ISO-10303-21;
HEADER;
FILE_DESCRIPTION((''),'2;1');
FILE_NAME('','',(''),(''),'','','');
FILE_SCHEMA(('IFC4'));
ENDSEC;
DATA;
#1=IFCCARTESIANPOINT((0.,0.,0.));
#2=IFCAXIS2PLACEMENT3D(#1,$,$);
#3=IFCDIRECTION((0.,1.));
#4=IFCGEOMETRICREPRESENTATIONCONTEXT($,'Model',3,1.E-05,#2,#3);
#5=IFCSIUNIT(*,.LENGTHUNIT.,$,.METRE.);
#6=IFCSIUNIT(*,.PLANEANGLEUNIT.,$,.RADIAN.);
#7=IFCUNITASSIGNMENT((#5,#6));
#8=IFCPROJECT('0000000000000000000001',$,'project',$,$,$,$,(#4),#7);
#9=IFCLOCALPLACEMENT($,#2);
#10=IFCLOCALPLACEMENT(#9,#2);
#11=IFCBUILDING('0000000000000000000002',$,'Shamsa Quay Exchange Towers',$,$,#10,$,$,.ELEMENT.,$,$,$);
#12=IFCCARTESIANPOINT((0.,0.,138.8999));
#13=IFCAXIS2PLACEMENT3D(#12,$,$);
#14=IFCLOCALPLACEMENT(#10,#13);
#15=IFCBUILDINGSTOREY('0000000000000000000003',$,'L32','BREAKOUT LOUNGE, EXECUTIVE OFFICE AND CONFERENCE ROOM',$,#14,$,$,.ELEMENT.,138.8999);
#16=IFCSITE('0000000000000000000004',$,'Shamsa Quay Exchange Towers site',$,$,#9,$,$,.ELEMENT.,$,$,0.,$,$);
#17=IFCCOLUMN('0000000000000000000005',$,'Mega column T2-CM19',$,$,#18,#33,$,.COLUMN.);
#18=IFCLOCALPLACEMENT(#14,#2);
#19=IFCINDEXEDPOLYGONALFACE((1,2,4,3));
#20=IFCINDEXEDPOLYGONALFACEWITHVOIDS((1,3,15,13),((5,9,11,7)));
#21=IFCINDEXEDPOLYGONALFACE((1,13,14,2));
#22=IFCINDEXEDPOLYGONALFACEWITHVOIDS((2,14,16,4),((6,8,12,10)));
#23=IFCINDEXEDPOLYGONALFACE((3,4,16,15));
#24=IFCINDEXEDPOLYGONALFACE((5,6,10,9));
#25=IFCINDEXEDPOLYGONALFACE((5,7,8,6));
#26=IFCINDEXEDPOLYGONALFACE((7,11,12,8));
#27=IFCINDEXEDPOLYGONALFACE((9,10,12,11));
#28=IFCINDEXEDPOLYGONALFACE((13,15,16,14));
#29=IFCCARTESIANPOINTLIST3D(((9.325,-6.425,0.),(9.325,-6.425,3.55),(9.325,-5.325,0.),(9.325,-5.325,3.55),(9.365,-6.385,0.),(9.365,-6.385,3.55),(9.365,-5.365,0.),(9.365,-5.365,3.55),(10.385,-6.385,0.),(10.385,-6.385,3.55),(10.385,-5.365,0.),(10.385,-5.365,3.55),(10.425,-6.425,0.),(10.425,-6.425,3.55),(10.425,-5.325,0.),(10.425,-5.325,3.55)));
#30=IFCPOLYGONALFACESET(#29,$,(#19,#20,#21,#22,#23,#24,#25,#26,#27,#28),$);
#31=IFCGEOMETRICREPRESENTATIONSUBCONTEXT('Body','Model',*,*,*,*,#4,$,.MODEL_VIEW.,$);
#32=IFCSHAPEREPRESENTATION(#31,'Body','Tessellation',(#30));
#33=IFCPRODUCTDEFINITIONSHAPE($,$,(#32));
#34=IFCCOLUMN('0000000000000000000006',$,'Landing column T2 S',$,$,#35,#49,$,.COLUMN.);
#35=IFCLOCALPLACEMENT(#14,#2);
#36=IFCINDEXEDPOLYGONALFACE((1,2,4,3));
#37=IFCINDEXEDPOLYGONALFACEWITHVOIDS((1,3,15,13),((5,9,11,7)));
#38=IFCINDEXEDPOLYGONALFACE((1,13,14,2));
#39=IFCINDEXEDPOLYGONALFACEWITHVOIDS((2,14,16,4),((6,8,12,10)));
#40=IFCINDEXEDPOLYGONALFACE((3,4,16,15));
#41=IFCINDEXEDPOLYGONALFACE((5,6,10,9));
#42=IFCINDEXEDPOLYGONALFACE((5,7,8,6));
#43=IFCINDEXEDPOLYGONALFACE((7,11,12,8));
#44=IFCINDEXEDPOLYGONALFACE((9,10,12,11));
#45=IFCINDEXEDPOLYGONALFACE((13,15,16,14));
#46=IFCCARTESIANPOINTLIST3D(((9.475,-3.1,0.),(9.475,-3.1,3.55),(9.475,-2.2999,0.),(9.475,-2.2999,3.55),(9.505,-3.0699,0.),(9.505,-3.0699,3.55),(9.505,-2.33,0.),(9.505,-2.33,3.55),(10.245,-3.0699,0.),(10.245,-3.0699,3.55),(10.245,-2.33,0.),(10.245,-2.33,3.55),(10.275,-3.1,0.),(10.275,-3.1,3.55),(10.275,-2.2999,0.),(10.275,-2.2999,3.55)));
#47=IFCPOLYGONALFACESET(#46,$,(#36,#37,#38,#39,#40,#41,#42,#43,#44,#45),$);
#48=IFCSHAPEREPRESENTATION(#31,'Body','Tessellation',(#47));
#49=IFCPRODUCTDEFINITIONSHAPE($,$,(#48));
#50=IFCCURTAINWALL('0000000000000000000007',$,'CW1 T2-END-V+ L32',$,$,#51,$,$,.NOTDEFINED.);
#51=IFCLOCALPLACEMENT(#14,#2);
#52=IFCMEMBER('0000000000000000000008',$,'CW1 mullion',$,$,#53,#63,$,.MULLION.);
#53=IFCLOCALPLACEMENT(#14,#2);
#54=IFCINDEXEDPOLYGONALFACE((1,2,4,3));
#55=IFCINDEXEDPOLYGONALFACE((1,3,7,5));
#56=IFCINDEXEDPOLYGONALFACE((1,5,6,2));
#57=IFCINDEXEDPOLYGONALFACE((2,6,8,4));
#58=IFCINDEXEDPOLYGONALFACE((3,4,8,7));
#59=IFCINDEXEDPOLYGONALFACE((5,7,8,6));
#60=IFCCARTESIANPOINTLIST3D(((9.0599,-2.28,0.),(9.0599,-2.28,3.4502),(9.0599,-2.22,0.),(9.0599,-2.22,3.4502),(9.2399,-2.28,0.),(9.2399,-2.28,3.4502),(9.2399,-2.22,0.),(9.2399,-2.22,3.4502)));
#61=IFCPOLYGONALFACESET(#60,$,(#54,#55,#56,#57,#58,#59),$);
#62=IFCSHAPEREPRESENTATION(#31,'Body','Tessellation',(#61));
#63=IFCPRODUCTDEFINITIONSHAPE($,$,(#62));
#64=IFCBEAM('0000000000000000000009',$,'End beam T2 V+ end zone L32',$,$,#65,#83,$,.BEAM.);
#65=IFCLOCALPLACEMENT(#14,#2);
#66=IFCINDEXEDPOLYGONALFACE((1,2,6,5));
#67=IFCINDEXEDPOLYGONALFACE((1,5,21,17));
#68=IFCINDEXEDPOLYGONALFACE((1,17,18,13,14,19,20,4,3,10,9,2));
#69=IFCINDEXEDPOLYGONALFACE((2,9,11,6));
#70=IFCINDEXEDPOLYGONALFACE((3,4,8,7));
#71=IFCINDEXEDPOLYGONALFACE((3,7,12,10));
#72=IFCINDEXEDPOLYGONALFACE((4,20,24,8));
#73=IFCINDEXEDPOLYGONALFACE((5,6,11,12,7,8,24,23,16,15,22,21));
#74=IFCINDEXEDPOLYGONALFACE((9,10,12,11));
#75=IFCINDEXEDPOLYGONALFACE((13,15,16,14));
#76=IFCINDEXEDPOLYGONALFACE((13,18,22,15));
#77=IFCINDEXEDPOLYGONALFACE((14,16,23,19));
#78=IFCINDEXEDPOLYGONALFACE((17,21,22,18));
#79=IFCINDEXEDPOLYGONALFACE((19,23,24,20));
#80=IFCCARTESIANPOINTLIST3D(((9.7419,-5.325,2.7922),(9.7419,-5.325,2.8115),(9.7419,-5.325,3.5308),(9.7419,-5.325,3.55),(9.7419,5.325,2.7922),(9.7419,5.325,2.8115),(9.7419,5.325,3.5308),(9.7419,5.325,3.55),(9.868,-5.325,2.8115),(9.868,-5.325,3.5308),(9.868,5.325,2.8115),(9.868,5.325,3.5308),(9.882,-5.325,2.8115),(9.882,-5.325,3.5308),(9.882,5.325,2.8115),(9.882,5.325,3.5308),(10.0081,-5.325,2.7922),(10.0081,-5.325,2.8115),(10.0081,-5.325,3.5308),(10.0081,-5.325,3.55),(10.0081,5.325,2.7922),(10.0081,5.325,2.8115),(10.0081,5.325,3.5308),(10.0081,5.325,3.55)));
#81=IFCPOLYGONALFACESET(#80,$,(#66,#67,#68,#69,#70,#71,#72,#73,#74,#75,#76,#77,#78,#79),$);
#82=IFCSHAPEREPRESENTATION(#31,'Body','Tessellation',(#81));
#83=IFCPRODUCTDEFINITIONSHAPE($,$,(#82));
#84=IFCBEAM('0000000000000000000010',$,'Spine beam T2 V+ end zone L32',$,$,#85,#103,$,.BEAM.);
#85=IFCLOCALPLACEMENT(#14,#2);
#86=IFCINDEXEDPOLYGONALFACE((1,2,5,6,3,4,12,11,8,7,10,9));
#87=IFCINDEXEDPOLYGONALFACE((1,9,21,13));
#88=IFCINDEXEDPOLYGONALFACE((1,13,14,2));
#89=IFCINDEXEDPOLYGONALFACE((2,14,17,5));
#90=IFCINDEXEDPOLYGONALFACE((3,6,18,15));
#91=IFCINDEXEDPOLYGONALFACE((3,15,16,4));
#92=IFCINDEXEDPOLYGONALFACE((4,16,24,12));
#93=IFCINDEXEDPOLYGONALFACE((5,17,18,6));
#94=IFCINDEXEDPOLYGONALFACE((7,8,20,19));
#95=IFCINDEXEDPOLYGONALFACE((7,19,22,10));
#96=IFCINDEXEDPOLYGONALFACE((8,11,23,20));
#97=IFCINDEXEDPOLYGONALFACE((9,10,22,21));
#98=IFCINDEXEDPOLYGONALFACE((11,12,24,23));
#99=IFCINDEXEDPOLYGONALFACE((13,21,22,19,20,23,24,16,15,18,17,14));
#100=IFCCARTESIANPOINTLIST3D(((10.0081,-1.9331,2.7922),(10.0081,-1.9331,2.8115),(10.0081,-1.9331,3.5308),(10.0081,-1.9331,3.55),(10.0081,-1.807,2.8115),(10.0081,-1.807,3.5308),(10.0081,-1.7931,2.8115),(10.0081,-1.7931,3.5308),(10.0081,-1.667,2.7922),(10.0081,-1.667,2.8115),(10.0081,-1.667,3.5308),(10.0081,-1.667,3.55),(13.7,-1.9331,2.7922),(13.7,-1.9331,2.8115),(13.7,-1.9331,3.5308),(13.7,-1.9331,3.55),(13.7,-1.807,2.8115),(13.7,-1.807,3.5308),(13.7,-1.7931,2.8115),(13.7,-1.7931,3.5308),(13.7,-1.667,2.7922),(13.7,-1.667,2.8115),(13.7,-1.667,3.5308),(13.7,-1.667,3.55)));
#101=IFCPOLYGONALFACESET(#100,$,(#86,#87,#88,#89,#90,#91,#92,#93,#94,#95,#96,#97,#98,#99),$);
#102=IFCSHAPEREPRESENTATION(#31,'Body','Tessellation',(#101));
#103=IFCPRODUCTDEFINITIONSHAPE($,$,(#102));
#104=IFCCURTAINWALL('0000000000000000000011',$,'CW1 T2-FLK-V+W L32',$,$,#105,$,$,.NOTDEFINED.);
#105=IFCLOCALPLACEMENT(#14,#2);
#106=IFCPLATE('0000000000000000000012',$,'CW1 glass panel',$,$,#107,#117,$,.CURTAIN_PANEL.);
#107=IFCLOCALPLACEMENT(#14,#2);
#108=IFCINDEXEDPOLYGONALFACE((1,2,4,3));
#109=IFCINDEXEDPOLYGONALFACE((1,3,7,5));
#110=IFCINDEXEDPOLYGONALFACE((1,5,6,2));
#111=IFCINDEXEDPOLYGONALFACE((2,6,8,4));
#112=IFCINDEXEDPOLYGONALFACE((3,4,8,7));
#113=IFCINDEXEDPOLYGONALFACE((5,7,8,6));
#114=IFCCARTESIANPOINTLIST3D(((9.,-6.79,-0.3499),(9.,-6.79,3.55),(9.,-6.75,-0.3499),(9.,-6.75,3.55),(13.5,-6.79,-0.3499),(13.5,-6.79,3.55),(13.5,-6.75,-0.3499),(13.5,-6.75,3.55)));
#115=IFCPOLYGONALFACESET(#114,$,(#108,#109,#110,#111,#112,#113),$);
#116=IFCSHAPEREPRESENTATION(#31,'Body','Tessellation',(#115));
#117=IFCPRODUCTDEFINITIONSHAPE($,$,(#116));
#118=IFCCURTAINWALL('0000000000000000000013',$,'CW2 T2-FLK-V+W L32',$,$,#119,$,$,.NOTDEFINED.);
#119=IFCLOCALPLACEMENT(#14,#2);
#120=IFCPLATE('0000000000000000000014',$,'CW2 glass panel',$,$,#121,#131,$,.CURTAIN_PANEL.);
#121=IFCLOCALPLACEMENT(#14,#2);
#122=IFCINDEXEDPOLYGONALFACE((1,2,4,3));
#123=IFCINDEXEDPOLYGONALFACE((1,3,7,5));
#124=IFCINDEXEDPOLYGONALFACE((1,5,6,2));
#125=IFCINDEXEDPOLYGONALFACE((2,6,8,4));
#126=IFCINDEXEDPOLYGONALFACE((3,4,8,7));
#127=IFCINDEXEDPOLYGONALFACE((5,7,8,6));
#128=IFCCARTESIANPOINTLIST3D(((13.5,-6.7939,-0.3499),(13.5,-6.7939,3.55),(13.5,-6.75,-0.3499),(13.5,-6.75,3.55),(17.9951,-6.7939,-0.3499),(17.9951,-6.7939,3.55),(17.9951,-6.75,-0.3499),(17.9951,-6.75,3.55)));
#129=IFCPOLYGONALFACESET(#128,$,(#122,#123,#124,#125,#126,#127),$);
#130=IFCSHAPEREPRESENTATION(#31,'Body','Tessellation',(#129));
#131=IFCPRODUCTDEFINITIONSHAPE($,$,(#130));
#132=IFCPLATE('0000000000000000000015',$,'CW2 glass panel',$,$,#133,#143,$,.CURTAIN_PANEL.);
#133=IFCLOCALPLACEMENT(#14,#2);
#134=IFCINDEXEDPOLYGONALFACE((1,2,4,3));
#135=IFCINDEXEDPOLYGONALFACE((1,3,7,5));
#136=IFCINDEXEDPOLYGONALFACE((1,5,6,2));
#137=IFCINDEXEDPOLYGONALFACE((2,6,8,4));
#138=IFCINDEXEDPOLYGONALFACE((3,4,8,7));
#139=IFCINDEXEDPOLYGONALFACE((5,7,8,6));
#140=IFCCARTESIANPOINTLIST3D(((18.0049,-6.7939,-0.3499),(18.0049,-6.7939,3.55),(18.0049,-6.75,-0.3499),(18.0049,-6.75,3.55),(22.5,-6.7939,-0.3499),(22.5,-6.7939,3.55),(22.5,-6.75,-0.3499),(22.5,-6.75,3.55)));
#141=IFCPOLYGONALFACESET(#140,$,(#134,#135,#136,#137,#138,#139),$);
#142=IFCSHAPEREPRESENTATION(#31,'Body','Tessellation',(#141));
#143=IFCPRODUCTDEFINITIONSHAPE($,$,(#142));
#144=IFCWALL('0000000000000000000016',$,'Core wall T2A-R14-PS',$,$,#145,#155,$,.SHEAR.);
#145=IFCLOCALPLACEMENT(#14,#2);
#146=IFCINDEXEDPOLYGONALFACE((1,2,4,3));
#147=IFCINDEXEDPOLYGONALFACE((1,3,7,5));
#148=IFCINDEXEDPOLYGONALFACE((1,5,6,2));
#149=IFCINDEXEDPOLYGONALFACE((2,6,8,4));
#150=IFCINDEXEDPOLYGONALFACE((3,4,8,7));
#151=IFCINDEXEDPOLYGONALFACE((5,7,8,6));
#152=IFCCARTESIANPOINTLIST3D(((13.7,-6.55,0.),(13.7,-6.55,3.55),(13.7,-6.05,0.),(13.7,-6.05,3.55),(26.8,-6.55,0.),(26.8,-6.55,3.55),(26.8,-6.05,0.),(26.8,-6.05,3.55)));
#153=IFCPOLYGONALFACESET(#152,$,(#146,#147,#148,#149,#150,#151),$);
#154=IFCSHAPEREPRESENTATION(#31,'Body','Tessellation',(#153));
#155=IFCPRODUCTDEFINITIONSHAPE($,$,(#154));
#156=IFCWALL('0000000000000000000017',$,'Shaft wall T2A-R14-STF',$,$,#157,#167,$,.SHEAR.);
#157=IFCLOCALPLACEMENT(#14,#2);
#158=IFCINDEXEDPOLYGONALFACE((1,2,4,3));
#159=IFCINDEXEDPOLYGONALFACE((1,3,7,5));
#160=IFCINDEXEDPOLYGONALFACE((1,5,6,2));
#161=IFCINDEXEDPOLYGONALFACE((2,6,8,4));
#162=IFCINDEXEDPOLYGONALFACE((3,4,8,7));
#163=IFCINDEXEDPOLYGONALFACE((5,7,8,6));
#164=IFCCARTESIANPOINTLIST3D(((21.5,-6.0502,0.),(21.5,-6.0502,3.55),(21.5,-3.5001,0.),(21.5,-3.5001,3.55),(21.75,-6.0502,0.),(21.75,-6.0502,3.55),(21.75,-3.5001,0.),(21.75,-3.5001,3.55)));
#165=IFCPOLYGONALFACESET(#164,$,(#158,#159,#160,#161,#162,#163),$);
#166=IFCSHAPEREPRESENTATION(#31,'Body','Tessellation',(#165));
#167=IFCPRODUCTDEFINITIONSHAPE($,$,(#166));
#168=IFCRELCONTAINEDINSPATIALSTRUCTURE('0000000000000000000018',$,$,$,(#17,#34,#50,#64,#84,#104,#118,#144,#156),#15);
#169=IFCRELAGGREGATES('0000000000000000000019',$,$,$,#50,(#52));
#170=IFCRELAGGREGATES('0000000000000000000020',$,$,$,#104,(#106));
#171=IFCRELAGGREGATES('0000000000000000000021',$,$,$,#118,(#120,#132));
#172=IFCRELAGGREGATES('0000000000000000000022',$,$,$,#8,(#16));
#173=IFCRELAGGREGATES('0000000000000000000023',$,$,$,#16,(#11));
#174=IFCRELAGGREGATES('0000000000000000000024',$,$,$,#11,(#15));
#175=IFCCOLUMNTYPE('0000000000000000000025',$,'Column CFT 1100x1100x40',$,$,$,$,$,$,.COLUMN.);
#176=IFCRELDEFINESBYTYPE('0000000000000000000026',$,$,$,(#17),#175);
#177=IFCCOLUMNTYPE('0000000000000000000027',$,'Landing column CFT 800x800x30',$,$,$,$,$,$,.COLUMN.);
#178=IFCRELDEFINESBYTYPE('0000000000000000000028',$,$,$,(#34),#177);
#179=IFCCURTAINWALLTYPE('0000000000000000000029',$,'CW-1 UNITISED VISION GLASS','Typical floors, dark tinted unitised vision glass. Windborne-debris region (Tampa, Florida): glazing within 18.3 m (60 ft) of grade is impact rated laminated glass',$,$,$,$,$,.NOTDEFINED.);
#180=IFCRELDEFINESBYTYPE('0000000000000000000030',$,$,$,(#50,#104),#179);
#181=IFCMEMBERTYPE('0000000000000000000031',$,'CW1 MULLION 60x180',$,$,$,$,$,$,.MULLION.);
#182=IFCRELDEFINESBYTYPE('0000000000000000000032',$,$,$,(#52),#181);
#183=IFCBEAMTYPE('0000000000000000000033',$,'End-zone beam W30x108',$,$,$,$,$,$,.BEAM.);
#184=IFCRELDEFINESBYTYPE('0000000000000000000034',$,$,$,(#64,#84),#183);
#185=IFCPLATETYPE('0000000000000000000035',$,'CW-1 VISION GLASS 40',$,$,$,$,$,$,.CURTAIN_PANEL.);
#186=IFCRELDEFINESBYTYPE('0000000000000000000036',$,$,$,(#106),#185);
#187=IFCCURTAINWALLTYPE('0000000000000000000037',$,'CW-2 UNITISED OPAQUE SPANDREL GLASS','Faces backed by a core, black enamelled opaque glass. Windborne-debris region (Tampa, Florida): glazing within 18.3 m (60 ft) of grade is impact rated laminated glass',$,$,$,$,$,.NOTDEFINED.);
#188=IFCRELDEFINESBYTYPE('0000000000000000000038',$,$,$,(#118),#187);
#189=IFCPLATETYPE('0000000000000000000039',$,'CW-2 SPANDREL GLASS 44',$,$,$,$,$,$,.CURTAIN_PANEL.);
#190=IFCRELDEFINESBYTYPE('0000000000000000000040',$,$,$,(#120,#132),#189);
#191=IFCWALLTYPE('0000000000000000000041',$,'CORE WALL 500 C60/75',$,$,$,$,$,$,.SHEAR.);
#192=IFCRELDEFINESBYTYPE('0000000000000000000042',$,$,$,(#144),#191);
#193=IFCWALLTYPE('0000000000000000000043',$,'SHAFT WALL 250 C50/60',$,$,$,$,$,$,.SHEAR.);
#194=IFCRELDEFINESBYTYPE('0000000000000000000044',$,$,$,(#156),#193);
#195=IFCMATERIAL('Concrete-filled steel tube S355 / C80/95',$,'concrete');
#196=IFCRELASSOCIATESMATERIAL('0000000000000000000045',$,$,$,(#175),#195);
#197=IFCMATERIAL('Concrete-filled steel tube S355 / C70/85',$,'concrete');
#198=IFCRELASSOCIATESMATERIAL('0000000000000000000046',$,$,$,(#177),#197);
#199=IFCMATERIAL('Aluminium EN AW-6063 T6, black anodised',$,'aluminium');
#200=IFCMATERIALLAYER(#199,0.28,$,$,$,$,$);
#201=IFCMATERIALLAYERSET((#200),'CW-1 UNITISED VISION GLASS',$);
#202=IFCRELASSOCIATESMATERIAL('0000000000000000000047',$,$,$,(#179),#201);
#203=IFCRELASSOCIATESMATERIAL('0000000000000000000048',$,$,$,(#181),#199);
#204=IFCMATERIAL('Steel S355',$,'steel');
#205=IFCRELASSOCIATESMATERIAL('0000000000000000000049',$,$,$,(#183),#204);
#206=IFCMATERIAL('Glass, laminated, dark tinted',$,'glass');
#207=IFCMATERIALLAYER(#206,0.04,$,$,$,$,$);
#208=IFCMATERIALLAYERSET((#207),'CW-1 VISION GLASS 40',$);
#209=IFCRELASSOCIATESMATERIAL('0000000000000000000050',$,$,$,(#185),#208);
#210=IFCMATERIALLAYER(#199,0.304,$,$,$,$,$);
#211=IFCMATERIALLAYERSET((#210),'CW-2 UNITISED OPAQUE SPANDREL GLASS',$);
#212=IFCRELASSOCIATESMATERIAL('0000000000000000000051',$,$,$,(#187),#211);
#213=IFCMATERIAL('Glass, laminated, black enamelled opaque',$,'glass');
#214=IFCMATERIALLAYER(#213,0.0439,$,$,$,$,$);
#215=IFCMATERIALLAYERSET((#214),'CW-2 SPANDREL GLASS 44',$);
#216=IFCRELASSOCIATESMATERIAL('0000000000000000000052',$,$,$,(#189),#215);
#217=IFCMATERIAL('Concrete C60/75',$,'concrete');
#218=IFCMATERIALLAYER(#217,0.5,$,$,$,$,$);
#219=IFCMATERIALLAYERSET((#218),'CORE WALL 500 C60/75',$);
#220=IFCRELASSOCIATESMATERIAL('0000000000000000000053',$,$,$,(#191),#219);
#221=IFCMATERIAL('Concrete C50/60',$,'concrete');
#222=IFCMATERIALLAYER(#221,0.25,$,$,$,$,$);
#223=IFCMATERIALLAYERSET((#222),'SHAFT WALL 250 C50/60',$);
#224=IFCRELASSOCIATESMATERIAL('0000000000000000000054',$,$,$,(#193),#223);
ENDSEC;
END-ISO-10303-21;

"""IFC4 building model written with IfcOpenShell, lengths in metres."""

from ifc_helpers import new_model, si_unit, direction, frame, frame_2d, origin, origin_2d, place, context, subcontext, project, spatial, rectangle, hollow_rectangle, i_section, extrude, material, layer, layer_set, material_profile, profile_set, type_object, element, aggregate, save


model = new_model("IFC4")

# Units and contexts
model_context = context("Model", 3, precision=1e-05, world=origin(), true_north=direction((0.0, 1.0)))
body_context = subcontext(model_context, "Body", "Model", "MODEL_VIEW")
ifc_project = project(units=[si_unit("LENGTHUNIT", "METRE"), si_unit("PLANEANGLEUNIT", "RADIAN")], contexts=[model_context])

# Site, building, storey
site_placement = place(None, origin())
site = spatial("IfcSite", under=ifc_project, at=site_placement, Name="Shamsa Quay Exchange Towers site", CompositionType="ELEMENT", RefElevation=0.0)
building_placement = place(site_placement, origin())
building = spatial("IfcBuilding", under=site, at=building_placement, Name="Shamsa Quay Exchange Towers", CompositionType="ELEMENT")
storey_placement = place(building_placement, frame((0.0, 0.0, 138.8999)))
storey = spatial("IfcBuildingStorey", under=building, at=storey_placement, Name="L32", Description="BREAKOUT LOUNGE, EXECUTIVE OFFICE AND CONFERENCE ROOM", CompositionType="ELEMENT", Elevation=138.8999)

# Columns
ifc_material_1 = material(Name="Concrete-filled steel tube S355 / C80/95", Category="concrete")
ifc_material_profile_1 = material_profile(ifc_material_1, hollow_rectangle(XDim=1.1001, YDim=1.1001, WallThickness=0.04, at=origin_2d()), Name="CFT 1100x1100x40")
ifc_profile_set_1 = profile_set([ifc_material_profile_1], Name="Concrete-filled steel tube S355 / C80/95")
column_type_1 = type_object("IfcColumnType", Name="Column CFT 1100x1100x40", PredefinedType="COLUMN", material=ifc_profile_set_1)
column_1_placement = place(storey_placement, frame((9.875, -5.875, 0.0)))
element("IfcColumn", 1, at=column_1_placement, inside=storey, type_object=column_type_1, Name="Mega column T2-CM19", PredefinedType="COLUMN", context=body_context, shape_type="SweptSolid", body=[
    extrude(hollow_rectangle(XDim=1.1001, YDim=1.1001, WallThickness=0.04, at=origin_2d()), origin(), (0.0, 0.0, 1.0), 3.55),
])
ifc_material_2 = material(Name="Concrete-filled steel tube S355 / C70/85", Category="concrete")
ifc_material_profile_2 = material_profile(ifc_material_2, hollow_rectangle(XDim=0.8, YDim=0.8, WallThickness=0.03, at=origin_2d()), Name="CFT 800x800x30")
ifc_profile_set_2 = profile_set([ifc_material_profile_2], Name="Concrete-filled steel tube S355 / C70/85")
column_type_2 = type_object("IfcColumnType", Name="Landing column CFT 800x800x30", PredefinedType="COLUMN", material=ifc_profile_set_2)
column_2_placement = place(storey_placement, frame((9.875, -2.7, 0.0)))
element("IfcColumn", 2, at=column_2_placement, inside=storey, type_object=column_type_2, Name="Landing column T2 S", PredefinedType="COLUMN", context=body_context, shape_type="SweptSolid", body=[
    extrude(hollow_rectangle(XDim=0.8, YDim=0.8, WallThickness=0.03, at=origin_2d()), origin(), (0.0, 0.0, 1.0), 3.55),
])

# Curtain wall, member
ifc_material_3 = material(Name="Aluminium EN AW-6063 T6, black anodised", Category="aluminium")
ifc_layer_1 = layer(ifc_material_3, 0.28)
ifc_layer_set_1 = layer_set([ifc_layer_1], Name="CW-1 UNITISED VISION GLASS")
curtain_wall_type_1 = type_object("IfcCurtainWallType", Name="CW-1 UNITISED VISION GLASS", Description="Typical floors, dark tinted unitised vision glass. Windborne-debris region (Tampa, Florida): glazing within 18.3 m (60 ft) of grade is impact rated laminated glass", PredefinedType="NOTDEFINED", material=ifc_layer_set_1)
curtain_wall_1_placement = place(storey_placement, origin())
curtain_wall_1 = element("IfcCurtainWall", 3, at=curtain_wall_1_placement, inside=storey, type_object=curtain_wall_type_1, Name="CW1 T2-END-V+ L32", PredefinedType="NOTDEFINED")
ifc_material_profile_3 = material_profile(ifc_material_3, rectangle(XDim=0.1799, YDim=0.0601, at=origin_2d()), Name="MU60x180")
ifc_profile_set_3 = profile_set([ifc_material_profile_3], Name="Aluminium EN AW-6063 T6, black anodised")
member_type = type_object("IfcMemberType", Name="CW1 MULLION 60x180", PredefinedType="MULLION", material=ifc_profile_set_3)
member_placement = place(storey_placement, frame((9.1499, -2.25, 0.0)))
member = element("IfcMember", 4, at=member_placement, type_object=member_type, Name="CW1 mullion", PredefinedType="MULLION", context=body_context, shape_type="SweptSolid", body=[
    extrude(rectangle(XDim=0.1799, YDim=0.0601, at=origin_2d()), origin(), (0.0, 0.0, 1.0), 3.4502),
])
aggregate(curtain_wall_1, [member])

# Beams
ifc_material_4 = material(Name="Steel S355", Category="steel")
ifc_material_profile_4 = material_profile(ifc_material_4, i_section(OverallWidth=0.2661, OverallDepth=0.7578, WebThickness=0.0139, FlangeThickness=0.0193, at=origin_2d()), Name="W30x108")
ifc_profile_set_4 = profile_set([ifc_material_profile_4], Name="Steel S355")
beam_type = type_object("IfcBeamType", Name="End-zone beam W30x108", PredefinedType="BEAM", material=ifc_profile_set_4)
beam_1_placement = place(storey_placement, frame((9.875, -5.325, 3.1711), z_axis=(0.0, 1.0, 0.0), x_axis=(-1.0, 0.0, 0.0)))
element("IfcBeam", 5, at=beam_1_placement, inside=storey, type_object=beam_type, Name="End beam T2 V+ end zone L32", PredefinedType="BEAM", context=body_context, shape_type="SweptSolid", body=[
    extrude(i_section(OverallWidth=0.2661, OverallDepth=0.7578, WebThickness=0.0139, FlangeThickness=0.0193, at=origin_2d()), origin(), (0.0, 0.0, 1.0), 10.6499),
])
beam_2_placement = place(storey_placement, frame((13.7, -1.8, 3.1711), z_axis=(-1.0, 0.0, 0.0), x_axis=(0.0, -1.0, 0.0)))
element("IfcBeam", 6, at=beam_2_placement, inside=storey, type_object=beam_type, Name="Spine beam T2 V+ end zone L32", PredefinedType="BEAM", context=body_context, shape_type="SweptSolid", body=[
    extrude(i_section(OverallWidth=0.2661, OverallDepth=0.7578, WebThickness=0.0139, FlangeThickness=0.0193, at=origin_2d()), origin(), (0.0, 0.0, 1.0), 3.6919),
])

# Curtain wall, plate
curtain_wall_2_placement = place(storey_placement, origin())
curtain_wall_2 = element("IfcCurtainWall", 7, at=curtain_wall_2_placement, inside=storey, type_object=curtain_wall_type_1, Name="CW1 T2-FLK-V+W L32", PredefinedType="NOTDEFINED")
ifc_material_5 = material(Name="Glass, laminated, dark tinted", Category="glass")
ifc_layer_2 = layer(ifc_material_5, 0.04)
ifc_layer_set_2 = layer_set([ifc_layer_2], Name="CW-1 VISION GLASS 40")
plate_type_1 = type_object("IfcPlateType", Name="CW-1 VISION GLASS 40", PredefinedType="CURTAIN_PANEL", material=ifc_layer_set_2)
plate_1_placement = place(storey_placement, frame((11.25, -6.77, -0.3499)))
plate_1 = element("IfcPlate", 8, at=plate_1_placement, type_object=plate_type_1, Name="CW1 glass panel", PredefinedType="CURTAIN_PANEL", context=body_context, shape_type="SweptSolid", body=[
    extrude(rectangle(XDim=4.5, YDim=0.04, at=origin_2d()), origin(), (0.0, 0.0, 1.0), 3.8999),
])
aggregate(curtain_wall_2, [plate_1])

# Curtain wall, plates
ifc_layer_3 = layer(ifc_material_3, 0.304)
ifc_layer_set_3 = layer_set([ifc_layer_3], Name="CW-2 UNITISED OPAQUE SPANDREL GLASS")
curtain_wall_type_2 = type_object("IfcCurtainWallType", Name="CW-2 UNITISED OPAQUE SPANDREL GLASS", Description="Faces backed by a core, black enamelled opaque glass. Windborne-debris region (Tampa, Florida): glazing within 18.3 m (60 ft) of grade is impact rated laminated glass", PredefinedType="NOTDEFINED", material=ifc_layer_set_3)
curtain_wall_3_placement = place(storey_placement, origin())
curtain_wall_3 = element("IfcCurtainWall", 9, at=curtain_wall_3_placement, inside=storey, type_object=curtain_wall_type_2, Name="CW2 T2-FLK-V+W L32", PredefinedType="NOTDEFINED")
ifc_material_6 = material(Name="Glass, laminated, black enamelled opaque", Category="glass")
ifc_layer_4 = layer(ifc_material_6, 0.0439)
ifc_layer_set_4 = layer_set([ifc_layer_4], Name="CW-2 SPANDREL GLASS 44")
plate_type_2 = type_object("IfcPlateType", Name="CW-2 SPANDREL GLASS 44", PredefinedType="CURTAIN_PANEL", material=ifc_layer_set_4)
plate_2_placement = place(storey_placement, frame((15.7476, -6.772, -0.3499)))
plate_2 = element("IfcPlate", 10, at=plate_2_placement, type_object=plate_type_2, Name="CW2 glass panel", PredefinedType="CURTAIN_PANEL", context=body_context, shape_type="SweptSolid", body=[
    extrude(rectangle(XDim=4.4951, YDim=0.0439, at=origin_2d()), origin(), (0.0, 0.0, 1.0), 3.8999),
])
plate_3_placement = place(storey_placement, frame((20.2524, -6.772, -0.3499)))
plate_3 = element("IfcPlate", 11, at=plate_3_placement, type_object=plate_type_2, Name="CW2 glass panel", PredefinedType="CURTAIN_PANEL", context=body_context, shape_type="SweptSolid", body=[
    extrude(rectangle(XDim=4.4951, YDim=0.0439, at=origin_2d()), origin(), (0.0, 0.0, 1.0), 3.8999),
])
aggregate(curtain_wall_3, [plate_2, plate_3])

# Walls
ifc_material_7 = material(Name="Concrete C60/75", Category="concrete")
ifc_layer_5 = layer(ifc_material_7, 0.5)
ifc_layer_set_5 = layer_set([ifc_layer_5], Name="CORE WALL 500 C60/75")
wall_type_1 = type_object("IfcWallType", Name="CORE WALL 500 C60/75", PredefinedType="SHEAR", material=ifc_layer_set_5)
wall_1_placement = place(storey_placement, frame((13.7, -6.3, 0.0)))
element("IfcWall", 12, at=wall_1_placement, inside=storey, type_object=wall_type_1, Name="Core wall T2A-R14-PS", PredefinedType="SHEAR", context=body_context, shape_type="SweptSolid", body=[
    extrude(rectangle(XDim=13.1001, YDim=0.5, at=frame_2d((6.55, 0.0))), origin(), (0.0, 0.0, 1.0), 3.55),
])
ifc_material_8 = material(Name="Concrete C50/60", Category="concrete")
ifc_layer_6 = layer(ifc_material_8, 0.25)
ifc_layer_set_6 = layer_set([ifc_layer_6], Name="SHAFT WALL 250 C50/60")
wall_type_2 = type_object("IfcWallType", Name="SHAFT WALL 250 C50/60", PredefinedType="SHEAR", material=ifc_layer_set_6)
wall_2_placement = place(storey_placement, frame((21.625, -6.05, 0.0), z_axis=(0.0, 0.0, 1.0), x_axis=(0.0, 1.0, 0.0)))
element("IfcWall", 13, at=wall_2_placement, inside=storey, type_object=wall_type_2, Name="Shaft wall T2A-R14-STF", PredefinedType="SHEAR", context=body_context, shape_type="SweptSolid", body=[
    extrude(rectangle(XDim=2.55, YDim=0.25, at=frame_2d((1.2749, 0.0))), origin(), (0.0, 0.0, 1.0), 3.55),
])

save(model, "model.ifc")
